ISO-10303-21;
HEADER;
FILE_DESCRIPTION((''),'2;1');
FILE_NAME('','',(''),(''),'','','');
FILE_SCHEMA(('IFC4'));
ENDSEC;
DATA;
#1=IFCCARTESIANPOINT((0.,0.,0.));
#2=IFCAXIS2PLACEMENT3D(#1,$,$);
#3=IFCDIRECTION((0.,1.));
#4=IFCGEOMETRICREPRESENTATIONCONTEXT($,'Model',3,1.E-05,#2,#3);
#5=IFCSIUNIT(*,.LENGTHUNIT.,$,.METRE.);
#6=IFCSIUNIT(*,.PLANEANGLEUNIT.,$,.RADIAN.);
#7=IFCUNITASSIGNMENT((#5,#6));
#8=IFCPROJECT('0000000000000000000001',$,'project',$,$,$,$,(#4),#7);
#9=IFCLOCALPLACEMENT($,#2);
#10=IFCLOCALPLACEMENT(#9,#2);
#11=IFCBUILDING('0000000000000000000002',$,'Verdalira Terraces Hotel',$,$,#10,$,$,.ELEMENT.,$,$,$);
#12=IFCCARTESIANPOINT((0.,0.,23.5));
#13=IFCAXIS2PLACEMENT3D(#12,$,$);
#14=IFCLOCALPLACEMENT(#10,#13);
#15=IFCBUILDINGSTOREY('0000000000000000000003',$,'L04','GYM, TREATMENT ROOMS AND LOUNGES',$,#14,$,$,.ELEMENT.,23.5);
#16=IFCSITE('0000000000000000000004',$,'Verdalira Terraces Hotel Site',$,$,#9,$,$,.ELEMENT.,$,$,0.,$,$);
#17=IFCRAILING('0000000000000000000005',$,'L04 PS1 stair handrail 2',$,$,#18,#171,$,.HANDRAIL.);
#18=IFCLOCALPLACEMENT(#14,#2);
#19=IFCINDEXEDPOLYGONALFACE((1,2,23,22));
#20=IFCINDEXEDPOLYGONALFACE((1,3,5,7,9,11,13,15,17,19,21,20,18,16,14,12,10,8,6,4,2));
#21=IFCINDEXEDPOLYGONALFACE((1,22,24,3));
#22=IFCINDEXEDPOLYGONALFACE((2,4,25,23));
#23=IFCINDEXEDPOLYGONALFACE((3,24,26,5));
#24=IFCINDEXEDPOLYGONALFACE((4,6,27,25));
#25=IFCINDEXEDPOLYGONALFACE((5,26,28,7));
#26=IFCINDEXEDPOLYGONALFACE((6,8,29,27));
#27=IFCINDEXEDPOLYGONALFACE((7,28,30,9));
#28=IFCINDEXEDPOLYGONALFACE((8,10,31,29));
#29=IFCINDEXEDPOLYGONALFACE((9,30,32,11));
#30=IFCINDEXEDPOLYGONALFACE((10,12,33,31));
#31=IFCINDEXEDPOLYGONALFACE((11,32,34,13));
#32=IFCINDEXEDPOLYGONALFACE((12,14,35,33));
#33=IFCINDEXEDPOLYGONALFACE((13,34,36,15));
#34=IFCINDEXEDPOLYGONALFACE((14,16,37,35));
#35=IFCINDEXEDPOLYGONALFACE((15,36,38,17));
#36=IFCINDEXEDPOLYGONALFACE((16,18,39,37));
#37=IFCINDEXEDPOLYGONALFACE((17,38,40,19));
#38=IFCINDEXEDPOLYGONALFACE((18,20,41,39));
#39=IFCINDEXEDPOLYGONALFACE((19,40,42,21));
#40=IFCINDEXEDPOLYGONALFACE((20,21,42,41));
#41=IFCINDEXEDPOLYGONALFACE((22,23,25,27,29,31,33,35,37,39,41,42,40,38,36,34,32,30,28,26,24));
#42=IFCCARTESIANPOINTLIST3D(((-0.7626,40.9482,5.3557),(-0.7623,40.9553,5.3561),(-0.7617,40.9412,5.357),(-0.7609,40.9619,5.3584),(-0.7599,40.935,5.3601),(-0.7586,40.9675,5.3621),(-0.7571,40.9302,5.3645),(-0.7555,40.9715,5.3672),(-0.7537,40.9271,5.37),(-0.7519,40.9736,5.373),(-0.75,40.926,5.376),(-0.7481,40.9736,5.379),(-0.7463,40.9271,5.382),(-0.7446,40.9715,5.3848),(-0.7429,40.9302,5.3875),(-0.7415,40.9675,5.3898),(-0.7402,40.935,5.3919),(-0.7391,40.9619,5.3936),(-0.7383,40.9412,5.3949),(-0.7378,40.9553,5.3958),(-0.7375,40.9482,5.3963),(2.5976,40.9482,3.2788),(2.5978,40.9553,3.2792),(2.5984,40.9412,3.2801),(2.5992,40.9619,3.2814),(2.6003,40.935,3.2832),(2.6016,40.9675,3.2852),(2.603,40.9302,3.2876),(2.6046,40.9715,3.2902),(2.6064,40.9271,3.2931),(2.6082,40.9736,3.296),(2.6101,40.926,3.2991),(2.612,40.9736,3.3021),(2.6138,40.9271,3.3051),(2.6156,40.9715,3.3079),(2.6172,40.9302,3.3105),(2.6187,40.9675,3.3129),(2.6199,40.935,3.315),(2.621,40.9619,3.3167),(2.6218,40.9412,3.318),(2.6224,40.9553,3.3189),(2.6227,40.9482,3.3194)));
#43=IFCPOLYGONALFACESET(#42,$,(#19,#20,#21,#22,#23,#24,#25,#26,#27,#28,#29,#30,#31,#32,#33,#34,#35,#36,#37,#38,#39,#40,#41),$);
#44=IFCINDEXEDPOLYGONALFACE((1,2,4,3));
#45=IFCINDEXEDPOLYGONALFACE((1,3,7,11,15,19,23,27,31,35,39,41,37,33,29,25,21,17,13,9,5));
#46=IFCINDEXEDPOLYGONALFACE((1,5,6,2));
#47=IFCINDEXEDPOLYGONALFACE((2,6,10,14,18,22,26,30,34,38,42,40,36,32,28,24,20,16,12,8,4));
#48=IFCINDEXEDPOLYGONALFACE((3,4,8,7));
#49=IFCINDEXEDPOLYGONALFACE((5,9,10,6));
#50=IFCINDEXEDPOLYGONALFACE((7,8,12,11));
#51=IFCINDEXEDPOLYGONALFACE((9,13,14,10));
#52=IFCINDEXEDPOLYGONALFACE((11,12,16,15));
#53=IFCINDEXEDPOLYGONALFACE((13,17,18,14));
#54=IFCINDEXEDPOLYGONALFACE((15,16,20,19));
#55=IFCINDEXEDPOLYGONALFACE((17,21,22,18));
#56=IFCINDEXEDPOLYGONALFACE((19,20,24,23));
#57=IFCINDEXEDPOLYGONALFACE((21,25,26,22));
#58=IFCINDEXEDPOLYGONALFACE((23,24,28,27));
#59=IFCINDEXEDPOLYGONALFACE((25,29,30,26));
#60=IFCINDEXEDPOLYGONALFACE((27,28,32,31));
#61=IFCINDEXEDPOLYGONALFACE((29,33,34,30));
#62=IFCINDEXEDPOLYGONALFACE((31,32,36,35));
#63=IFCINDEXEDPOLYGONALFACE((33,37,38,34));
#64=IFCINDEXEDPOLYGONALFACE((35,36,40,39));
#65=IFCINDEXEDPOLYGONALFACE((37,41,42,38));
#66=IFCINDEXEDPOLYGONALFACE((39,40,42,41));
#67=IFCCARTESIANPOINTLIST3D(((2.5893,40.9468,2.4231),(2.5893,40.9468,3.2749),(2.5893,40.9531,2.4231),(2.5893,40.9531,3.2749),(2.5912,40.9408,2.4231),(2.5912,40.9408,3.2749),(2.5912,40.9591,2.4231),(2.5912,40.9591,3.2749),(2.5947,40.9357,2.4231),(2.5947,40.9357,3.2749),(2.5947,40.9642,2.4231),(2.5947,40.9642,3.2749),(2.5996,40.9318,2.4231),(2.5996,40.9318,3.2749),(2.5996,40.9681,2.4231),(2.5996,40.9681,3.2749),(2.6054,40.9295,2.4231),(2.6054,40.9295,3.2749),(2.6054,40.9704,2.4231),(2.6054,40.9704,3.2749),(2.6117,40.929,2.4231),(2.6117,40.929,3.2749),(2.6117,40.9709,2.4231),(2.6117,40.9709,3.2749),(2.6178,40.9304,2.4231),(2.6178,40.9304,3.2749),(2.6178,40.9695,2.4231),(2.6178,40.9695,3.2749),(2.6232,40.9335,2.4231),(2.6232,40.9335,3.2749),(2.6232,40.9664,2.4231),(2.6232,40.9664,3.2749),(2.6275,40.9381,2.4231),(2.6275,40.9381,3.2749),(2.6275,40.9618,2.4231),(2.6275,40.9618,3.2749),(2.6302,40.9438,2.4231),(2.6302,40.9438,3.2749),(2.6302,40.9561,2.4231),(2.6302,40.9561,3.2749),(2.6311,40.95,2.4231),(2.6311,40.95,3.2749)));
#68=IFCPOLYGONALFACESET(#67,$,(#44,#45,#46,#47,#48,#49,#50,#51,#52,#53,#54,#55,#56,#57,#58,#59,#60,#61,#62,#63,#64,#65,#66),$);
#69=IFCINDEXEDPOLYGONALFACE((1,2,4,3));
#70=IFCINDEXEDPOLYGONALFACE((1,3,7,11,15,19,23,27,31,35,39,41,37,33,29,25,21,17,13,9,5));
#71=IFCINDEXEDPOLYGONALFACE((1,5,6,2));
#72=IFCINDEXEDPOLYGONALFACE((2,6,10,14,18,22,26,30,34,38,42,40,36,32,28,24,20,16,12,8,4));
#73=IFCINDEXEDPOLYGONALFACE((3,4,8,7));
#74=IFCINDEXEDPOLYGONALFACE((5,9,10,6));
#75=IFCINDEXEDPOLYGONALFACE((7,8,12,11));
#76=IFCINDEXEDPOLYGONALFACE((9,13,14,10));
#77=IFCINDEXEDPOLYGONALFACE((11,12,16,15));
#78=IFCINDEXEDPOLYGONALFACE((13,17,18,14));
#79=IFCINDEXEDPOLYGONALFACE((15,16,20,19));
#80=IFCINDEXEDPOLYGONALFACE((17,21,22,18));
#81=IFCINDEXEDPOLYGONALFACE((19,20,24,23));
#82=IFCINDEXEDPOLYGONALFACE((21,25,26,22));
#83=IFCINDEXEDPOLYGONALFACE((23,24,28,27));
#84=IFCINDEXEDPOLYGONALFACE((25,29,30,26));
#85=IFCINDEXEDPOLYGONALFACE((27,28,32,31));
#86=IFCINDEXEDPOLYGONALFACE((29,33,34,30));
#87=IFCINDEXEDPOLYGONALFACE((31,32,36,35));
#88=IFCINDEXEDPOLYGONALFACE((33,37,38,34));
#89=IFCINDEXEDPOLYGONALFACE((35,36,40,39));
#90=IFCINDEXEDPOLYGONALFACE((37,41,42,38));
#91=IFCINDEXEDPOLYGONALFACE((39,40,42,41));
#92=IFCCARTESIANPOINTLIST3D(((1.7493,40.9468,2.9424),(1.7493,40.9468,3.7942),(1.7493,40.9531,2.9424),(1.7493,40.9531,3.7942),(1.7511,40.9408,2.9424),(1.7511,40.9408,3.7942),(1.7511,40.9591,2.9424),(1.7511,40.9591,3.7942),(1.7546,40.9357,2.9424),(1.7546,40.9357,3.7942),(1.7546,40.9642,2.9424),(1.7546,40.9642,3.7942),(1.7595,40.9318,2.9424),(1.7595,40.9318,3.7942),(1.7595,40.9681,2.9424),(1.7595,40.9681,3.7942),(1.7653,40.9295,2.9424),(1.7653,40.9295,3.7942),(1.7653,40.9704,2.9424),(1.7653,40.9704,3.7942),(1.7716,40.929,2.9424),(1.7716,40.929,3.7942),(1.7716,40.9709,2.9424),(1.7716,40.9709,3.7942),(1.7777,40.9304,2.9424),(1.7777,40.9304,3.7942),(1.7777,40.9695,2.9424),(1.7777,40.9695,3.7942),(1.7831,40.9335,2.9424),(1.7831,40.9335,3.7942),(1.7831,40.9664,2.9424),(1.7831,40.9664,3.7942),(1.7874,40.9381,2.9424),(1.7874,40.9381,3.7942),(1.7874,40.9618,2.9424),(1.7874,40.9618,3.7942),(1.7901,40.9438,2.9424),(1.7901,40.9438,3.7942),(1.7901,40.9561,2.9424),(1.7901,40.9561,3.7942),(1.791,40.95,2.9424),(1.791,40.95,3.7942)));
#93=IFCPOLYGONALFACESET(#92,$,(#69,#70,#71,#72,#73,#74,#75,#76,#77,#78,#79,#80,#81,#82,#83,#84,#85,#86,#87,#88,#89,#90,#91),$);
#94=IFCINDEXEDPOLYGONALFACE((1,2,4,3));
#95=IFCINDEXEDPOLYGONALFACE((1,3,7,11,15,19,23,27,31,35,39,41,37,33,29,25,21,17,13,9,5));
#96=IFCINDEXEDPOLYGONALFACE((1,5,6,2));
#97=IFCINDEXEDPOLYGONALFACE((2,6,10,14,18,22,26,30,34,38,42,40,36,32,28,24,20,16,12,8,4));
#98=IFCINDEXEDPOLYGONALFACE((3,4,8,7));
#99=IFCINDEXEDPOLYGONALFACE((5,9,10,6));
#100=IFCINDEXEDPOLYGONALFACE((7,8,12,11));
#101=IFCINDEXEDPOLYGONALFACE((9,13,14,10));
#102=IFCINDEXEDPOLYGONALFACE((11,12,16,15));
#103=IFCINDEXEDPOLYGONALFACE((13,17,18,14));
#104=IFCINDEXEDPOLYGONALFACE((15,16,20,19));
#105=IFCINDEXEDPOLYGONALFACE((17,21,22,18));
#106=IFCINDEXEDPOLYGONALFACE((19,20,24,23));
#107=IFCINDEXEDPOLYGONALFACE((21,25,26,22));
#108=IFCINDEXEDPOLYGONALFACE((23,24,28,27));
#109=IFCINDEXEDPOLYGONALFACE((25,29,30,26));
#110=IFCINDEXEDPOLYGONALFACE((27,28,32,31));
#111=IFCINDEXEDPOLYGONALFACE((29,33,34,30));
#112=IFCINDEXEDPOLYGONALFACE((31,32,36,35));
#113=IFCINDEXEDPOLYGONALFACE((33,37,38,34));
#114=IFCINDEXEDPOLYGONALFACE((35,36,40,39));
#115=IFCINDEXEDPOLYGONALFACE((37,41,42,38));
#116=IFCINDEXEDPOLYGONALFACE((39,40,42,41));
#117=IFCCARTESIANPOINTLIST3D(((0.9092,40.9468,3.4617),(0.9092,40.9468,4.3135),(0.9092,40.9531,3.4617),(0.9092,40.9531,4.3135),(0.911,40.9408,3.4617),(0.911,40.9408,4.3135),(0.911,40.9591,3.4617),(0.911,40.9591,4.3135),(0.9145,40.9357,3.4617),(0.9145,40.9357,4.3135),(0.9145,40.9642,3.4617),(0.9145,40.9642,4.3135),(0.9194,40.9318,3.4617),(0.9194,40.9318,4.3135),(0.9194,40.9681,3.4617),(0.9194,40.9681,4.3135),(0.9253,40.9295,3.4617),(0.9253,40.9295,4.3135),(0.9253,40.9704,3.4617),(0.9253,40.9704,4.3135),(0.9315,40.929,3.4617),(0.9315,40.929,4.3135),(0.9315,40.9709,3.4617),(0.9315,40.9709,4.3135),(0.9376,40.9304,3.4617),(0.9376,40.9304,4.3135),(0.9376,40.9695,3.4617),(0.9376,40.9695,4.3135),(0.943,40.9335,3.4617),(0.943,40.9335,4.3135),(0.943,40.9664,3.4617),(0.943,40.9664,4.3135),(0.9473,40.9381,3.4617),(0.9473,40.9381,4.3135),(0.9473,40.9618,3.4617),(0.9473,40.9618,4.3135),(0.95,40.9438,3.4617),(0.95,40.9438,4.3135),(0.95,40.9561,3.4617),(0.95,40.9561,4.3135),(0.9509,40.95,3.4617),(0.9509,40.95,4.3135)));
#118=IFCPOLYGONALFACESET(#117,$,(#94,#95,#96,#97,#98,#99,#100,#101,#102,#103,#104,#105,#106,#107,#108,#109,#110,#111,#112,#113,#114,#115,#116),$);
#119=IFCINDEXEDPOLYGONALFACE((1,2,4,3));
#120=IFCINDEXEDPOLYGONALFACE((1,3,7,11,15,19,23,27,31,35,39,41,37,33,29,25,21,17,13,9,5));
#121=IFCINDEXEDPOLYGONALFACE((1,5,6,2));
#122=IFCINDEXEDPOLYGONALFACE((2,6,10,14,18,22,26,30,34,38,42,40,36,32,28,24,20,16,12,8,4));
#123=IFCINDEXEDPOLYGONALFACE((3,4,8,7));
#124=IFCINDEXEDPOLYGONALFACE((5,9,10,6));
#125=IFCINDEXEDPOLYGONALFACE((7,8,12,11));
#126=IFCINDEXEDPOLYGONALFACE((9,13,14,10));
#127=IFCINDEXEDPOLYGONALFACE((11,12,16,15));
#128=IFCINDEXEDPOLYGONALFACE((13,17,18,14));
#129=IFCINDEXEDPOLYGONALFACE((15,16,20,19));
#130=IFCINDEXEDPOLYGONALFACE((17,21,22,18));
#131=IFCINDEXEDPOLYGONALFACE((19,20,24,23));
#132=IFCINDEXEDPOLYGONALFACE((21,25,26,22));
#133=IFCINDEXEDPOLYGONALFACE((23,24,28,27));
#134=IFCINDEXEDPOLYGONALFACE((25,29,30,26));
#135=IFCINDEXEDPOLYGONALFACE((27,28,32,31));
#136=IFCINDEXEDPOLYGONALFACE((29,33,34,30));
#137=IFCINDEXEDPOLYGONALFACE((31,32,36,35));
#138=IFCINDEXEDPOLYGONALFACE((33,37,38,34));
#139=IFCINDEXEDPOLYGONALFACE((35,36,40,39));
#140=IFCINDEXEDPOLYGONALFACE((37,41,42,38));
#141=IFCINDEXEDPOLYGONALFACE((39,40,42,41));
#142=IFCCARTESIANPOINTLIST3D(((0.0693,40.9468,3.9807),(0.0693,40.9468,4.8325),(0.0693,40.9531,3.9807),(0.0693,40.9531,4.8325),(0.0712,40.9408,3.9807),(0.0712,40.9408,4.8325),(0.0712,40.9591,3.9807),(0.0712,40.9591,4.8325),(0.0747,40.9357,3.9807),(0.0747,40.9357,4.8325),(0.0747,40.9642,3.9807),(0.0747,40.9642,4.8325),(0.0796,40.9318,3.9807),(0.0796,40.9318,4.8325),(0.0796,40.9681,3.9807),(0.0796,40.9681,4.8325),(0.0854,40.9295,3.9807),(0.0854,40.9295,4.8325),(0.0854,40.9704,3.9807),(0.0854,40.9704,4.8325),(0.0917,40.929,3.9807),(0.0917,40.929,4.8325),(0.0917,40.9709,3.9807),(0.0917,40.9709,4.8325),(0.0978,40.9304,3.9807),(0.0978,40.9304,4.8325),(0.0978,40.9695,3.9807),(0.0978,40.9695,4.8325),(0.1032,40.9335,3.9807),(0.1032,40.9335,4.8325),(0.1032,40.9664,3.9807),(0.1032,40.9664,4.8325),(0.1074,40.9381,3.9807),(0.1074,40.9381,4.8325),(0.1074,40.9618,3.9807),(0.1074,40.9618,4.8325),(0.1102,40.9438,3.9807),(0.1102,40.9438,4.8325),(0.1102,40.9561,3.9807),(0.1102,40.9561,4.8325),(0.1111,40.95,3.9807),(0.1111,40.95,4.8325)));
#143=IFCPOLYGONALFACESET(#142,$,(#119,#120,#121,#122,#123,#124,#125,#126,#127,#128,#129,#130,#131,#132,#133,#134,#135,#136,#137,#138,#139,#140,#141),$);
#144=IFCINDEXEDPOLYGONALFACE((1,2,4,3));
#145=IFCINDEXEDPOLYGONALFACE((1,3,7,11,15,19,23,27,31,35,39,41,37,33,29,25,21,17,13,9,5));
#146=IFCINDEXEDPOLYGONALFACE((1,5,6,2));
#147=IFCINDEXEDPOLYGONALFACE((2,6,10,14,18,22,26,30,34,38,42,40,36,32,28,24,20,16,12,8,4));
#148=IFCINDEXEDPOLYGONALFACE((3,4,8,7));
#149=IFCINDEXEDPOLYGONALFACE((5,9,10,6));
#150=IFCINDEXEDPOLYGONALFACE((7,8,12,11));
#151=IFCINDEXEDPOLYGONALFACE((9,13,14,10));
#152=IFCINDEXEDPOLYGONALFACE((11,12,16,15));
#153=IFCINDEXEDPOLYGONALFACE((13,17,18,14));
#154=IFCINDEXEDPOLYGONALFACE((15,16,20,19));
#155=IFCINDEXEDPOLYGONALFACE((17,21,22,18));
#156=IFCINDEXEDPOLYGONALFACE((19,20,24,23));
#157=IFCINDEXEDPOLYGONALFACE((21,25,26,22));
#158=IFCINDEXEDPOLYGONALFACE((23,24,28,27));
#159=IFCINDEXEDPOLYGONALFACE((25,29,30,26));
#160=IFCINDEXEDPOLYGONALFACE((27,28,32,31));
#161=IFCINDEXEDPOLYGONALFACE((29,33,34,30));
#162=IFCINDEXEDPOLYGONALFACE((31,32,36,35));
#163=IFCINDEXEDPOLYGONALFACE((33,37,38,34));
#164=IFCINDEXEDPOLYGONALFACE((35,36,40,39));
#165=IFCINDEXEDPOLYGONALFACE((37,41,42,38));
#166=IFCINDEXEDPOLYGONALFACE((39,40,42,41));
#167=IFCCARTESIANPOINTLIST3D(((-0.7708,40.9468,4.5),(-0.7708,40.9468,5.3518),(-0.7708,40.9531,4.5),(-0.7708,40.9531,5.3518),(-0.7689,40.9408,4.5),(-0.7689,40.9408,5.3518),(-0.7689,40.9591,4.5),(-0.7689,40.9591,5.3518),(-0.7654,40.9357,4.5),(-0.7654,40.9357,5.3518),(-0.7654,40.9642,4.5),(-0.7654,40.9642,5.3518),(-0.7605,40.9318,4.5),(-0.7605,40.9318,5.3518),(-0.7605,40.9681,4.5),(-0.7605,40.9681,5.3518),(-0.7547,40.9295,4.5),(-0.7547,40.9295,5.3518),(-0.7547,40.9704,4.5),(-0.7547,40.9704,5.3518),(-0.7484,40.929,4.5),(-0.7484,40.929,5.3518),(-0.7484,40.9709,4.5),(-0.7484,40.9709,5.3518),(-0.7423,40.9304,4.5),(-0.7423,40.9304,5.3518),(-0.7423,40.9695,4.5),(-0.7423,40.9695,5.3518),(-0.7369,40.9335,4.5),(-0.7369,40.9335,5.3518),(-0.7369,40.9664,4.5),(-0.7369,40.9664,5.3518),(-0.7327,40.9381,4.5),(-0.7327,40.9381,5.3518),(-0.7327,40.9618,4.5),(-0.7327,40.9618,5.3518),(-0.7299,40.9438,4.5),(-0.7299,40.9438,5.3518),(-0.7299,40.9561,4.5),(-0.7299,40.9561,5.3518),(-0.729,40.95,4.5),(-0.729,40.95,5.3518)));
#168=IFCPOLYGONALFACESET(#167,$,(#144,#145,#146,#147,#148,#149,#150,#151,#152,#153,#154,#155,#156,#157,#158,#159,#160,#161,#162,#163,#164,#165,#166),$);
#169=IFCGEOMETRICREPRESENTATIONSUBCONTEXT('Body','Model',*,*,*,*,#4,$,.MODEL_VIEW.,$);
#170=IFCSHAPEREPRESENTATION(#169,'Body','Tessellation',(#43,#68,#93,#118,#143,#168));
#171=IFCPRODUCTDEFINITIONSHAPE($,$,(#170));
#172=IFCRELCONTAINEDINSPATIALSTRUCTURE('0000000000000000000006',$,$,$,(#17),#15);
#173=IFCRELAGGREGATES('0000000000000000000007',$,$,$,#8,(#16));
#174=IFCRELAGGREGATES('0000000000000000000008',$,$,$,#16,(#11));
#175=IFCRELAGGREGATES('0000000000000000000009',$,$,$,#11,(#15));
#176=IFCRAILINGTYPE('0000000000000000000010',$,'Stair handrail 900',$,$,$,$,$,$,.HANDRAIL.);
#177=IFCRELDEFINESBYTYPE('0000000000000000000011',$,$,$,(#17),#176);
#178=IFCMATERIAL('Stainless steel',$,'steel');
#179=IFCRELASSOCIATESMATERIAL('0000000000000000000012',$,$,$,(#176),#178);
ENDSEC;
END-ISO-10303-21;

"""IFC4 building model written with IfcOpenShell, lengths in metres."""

from ifc_helpers import new_model, si_unit, direction, frame, origin, origin_2d, place, context, subcontext, project, spatial, circle, extrude, material, type_object, element, save


model = new_model("IFC4")

# Units and contexts
model_context = context("Model", 3, precision=1e-05, world=origin(), true_north=direction((0.0, 1.0)))
body_context = subcontext(model_context, "Body", "Model", "MODEL_VIEW")
ifc_project = project(units=[si_unit("LENGTHUNIT", "METRE"), si_unit("PLANEANGLEUNIT", "RADIAN")], contexts=[model_context])

# Site, building, storey
site_placement = place(None, origin())
site = spatial("IfcSite", under=ifc_project, at=site_placement, Name="Verdalira Terraces Hotel Site", CompositionType="ELEMENT", RefElevation=0.0)
building_placement = place(site_placement, origin())
building = spatial("IfcBuilding", under=site, at=building_placement, Name="Verdalira Terraces Hotel", CompositionType="ELEMENT")
storey_placement = place(building_placement, frame((0.0, 0.0, 23.5)))
storey = spatial("IfcBuildingStorey", under=building, at=storey_placement, Name="L04", Description="GYM, TREATMENT ROOMS AND LOUNGES", CompositionType="ELEMENT", Elevation=23.5)

# Railing
ifc_material_1 = material(Name="Stainless steel", Category="steel")
railing_type_1 = type_object("IfcRailingType", Name="Stair handrail 900", PredefinedType="HANDRAIL", material=ifc_material_1)
railing_1_placement = place(storey_placement, frame((2.6101, 40.95, 2.4231)))
element("IfcRailing", 1, at=railing_1_placement, inside=storey, type_object=railing_type_1, Name="L04 PS1 stair handrail 2", PredefinedType="HANDRAIL", context=body_context, shape_type="SweptSolid", body=[
    extrude(circle(Radius=0.0239, at=origin_2d()), frame((0.0, 0.0, 0.876), z_axis=(-0.850623, 0.0, 0.525776), x_axis=(0.0, -1.0, 0.0)), (0.0, 0.0, 1.0), 3.9502),
    extrude(circle(Radius=0.021, at=origin_2d()), origin(), (0.0, 0.0, 1.0), 0.8518),
    extrude(circle(Radius=0.021, at=origin_2d()), frame((-0.8401, 0.0, 0.5193)), (0.0, 0.0, 1.0), 0.8518),
    extrude(circle(Radius=0.021, at=origin_2d()), frame((-1.6802, 0.0, 1.0386)), (0.0, 0.0, 1.0), 0.8518),
    extrude(circle(Radius=0.021, at=origin_2d()), frame((-2.52, 0.0, 1.5576)), (0.0, 0.0, 1.0), 0.8518),
    extrude(circle(Radius=0.021, at=origin_2d()), frame((-3.3601, 0.0, 2.0769)), (0.0, 0.0, 1.0), 0.8518),
])

save(model, "model.ifc")
